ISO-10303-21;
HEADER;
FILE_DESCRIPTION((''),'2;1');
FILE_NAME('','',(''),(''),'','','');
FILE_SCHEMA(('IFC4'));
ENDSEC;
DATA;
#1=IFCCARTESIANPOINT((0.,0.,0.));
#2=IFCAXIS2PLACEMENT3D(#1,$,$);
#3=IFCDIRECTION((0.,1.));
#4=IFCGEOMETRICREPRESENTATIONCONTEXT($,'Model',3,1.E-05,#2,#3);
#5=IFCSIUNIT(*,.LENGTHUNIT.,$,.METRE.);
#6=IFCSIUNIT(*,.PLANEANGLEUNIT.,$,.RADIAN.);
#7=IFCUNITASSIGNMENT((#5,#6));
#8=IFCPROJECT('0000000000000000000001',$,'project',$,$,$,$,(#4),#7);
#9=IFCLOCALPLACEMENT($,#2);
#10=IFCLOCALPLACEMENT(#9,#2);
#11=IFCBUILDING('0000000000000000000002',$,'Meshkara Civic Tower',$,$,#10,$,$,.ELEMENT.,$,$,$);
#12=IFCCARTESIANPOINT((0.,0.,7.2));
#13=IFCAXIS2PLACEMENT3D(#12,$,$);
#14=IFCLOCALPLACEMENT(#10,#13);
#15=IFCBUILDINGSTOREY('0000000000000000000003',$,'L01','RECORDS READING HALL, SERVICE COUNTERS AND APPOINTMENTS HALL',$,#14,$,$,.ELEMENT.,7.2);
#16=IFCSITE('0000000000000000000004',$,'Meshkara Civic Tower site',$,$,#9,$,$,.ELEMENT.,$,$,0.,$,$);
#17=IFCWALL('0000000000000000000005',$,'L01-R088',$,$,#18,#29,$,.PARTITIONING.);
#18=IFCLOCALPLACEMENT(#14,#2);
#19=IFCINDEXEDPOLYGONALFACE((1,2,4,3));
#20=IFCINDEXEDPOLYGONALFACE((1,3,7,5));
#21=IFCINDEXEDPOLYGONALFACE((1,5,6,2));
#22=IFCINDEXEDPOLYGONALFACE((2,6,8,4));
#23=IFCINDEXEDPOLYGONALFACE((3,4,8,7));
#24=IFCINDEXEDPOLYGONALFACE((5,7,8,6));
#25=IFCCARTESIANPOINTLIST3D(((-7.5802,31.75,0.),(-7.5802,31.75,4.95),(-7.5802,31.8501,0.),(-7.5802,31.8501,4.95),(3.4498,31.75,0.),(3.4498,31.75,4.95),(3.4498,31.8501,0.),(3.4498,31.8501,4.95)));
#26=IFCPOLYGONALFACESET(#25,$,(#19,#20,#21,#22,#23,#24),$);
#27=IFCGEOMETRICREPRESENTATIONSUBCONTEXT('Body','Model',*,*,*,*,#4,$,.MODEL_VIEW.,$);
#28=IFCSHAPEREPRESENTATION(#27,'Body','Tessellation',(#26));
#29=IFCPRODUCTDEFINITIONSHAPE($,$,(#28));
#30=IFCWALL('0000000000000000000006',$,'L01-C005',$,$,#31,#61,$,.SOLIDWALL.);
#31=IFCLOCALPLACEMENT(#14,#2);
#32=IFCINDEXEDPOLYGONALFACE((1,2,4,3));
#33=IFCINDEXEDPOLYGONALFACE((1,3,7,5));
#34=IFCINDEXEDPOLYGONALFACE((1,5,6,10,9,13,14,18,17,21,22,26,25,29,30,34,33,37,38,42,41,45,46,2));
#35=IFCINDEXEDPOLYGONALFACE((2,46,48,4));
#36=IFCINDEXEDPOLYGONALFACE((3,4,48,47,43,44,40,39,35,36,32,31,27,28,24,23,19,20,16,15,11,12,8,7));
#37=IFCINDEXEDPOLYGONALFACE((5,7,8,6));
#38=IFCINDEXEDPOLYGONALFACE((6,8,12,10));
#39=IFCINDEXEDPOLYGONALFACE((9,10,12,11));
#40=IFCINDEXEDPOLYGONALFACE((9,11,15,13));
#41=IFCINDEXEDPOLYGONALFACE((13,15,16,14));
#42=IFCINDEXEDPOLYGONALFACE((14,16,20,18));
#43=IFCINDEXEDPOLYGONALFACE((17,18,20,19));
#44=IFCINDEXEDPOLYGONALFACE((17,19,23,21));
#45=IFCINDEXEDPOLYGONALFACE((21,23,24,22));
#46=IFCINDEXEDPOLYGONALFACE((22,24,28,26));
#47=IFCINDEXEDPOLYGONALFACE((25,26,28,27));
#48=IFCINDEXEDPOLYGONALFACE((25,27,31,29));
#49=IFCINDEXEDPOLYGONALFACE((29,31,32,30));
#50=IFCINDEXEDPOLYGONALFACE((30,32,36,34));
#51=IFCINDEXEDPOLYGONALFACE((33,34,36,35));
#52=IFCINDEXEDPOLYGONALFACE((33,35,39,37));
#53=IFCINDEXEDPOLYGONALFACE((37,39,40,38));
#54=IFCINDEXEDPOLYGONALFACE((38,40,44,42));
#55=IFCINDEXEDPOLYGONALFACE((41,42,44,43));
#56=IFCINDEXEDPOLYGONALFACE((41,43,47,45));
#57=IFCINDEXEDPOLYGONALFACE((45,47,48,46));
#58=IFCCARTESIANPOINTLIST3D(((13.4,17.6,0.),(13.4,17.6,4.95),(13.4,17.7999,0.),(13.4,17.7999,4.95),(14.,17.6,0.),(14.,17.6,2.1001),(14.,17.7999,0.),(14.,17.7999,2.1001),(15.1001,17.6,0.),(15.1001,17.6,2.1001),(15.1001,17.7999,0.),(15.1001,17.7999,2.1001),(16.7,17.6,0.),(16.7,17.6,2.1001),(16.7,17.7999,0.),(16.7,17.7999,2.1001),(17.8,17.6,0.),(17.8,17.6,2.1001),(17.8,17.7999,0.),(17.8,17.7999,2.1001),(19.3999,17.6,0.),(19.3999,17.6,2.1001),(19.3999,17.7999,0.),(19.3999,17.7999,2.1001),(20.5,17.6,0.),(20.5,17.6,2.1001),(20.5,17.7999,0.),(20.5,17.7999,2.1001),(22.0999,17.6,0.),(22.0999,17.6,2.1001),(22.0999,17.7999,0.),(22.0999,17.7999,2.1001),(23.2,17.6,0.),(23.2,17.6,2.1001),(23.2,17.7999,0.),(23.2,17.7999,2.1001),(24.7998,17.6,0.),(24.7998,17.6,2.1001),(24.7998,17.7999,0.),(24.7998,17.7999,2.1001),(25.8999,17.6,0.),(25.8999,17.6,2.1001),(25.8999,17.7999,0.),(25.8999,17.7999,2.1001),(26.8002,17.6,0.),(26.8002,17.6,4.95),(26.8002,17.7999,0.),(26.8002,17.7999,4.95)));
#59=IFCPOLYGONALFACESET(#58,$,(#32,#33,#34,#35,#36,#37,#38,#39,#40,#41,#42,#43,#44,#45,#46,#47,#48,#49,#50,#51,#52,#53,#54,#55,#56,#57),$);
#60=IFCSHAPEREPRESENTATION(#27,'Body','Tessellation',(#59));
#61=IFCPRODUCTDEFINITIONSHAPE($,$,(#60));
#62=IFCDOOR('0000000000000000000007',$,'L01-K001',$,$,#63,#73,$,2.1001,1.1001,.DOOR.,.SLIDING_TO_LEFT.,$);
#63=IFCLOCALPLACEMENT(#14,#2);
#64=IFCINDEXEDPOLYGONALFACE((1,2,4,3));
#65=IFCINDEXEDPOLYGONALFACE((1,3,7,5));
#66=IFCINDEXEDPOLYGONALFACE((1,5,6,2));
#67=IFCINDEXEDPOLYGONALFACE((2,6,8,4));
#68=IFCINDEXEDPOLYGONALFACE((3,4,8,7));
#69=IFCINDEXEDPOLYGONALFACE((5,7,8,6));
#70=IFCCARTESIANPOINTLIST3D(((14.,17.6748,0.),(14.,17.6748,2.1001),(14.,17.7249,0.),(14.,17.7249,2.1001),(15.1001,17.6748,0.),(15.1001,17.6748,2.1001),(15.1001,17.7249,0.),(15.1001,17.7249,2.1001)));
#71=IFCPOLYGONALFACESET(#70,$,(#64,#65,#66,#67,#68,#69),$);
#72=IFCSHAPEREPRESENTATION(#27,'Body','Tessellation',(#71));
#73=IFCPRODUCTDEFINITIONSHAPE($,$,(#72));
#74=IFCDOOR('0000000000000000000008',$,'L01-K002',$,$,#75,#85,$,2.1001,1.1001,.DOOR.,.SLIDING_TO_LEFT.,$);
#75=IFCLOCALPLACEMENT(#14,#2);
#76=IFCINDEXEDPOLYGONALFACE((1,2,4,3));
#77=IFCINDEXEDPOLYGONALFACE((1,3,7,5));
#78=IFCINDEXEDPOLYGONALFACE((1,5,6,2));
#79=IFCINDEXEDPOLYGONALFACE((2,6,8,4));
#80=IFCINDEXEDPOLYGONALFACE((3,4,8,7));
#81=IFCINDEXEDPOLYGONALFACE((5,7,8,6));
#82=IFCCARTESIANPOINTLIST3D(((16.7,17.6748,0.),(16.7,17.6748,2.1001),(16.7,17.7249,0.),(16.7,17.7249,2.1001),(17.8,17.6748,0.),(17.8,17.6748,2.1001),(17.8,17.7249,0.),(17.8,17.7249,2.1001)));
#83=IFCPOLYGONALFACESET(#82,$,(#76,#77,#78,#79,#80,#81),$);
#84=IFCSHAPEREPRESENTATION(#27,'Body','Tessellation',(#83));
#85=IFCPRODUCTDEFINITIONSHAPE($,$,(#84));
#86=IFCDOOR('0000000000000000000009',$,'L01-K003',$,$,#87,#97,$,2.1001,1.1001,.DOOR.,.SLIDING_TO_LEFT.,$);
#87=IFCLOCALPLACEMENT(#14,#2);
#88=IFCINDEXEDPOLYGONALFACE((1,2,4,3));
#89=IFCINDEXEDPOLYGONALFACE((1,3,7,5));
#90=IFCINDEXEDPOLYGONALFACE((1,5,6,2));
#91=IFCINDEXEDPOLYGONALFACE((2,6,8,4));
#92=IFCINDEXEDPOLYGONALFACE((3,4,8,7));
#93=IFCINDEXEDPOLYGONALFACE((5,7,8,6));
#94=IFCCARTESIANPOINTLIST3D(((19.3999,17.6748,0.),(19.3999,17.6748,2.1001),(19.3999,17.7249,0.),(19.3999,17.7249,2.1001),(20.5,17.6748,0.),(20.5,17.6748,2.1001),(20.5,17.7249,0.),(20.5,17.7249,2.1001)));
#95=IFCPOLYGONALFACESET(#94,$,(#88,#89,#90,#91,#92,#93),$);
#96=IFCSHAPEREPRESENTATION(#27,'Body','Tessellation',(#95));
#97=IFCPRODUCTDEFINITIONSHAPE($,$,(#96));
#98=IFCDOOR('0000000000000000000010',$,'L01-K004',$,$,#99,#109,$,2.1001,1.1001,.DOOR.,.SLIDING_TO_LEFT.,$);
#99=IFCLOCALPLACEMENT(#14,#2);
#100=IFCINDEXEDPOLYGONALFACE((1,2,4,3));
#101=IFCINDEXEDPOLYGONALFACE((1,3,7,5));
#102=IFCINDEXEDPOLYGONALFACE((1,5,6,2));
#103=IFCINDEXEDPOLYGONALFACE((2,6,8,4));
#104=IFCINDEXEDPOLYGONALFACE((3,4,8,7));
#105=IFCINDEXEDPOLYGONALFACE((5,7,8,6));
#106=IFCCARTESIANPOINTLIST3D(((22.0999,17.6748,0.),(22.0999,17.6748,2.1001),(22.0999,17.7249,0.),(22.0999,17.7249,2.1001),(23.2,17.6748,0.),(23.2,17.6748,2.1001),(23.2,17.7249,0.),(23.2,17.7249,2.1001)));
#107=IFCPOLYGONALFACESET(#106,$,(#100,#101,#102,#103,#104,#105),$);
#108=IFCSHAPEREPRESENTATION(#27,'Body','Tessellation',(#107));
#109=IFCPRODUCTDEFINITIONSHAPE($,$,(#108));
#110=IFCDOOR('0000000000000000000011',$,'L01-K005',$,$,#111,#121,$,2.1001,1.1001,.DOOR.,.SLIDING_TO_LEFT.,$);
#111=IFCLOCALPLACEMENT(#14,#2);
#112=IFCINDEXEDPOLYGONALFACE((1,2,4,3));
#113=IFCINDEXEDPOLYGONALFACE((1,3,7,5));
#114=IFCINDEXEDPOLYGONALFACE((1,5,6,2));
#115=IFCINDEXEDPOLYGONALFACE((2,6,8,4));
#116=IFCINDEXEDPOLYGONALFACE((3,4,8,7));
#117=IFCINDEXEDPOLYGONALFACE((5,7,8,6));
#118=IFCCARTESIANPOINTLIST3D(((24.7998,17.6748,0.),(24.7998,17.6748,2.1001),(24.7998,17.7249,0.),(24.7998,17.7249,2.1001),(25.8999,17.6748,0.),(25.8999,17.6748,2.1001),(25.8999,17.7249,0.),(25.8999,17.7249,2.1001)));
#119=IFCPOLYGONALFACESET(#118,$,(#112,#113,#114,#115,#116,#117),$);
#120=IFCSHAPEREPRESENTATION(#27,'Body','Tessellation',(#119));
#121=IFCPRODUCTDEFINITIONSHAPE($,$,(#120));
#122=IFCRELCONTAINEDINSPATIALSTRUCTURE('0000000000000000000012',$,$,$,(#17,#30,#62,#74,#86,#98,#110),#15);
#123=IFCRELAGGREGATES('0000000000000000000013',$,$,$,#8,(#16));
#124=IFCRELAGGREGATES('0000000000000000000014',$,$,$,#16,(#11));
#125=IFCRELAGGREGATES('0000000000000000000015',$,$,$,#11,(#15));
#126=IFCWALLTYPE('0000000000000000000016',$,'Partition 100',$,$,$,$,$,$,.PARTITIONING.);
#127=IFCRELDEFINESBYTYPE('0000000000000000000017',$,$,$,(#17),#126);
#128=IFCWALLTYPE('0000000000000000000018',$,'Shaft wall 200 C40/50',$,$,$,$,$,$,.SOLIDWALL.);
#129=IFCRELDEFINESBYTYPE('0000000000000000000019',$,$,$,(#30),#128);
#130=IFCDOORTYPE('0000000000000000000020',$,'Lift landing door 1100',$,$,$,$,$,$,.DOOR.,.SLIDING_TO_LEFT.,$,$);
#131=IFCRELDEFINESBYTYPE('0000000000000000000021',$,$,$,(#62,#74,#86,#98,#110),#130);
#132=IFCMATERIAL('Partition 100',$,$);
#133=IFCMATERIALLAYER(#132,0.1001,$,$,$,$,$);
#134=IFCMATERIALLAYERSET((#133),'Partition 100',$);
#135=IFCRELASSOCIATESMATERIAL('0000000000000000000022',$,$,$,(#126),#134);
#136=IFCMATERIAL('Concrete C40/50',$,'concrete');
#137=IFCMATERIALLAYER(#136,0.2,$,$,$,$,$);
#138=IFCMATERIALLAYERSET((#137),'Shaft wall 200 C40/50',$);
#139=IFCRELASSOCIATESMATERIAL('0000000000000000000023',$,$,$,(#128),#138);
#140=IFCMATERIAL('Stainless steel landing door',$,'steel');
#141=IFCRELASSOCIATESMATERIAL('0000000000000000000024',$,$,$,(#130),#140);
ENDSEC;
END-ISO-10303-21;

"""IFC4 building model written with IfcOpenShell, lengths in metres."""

from ifc_helpers import new_model, si_unit, direction, frame, frame_2d, origin, place, context, subcontext, project, spatial, rectangle, extrude, material, layer, layer_set, type_object, element, fill, save


model = new_model("IFC4")

# Units and contexts
model_context = context("Model", 3, precision=1e-05, world=origin(), true_north=direction((0.0, 1.0)))
body_context = subcontext(model_context, "Body", "Model", "MODEL_VIEW")
ifc_project = project(units=[si_unit("LENGTHUNIT", "METRE"), si_unit("PLANEANGLEUNIT", "RADIAN")], contexts=[model_context])

# Site, building, storey
site_placement = place(None, origin())
site = spatial("IfcSite", under=ifc_project, at=site_placement, Name="Meshkara Civic Tower site", CompositionType="ELEMENT", RefElevation=0.0)
building_placement = place(site_placement, origin())
building = spatial("IfcBuilding", under=site, at=building_placement, Name="Meshkara Civic Tower", CompositionType="ELEMENT")
storey_placement = place(building_placement, frame((0.0, 0.0, 7.2)))
storey = spatial("IfcBuildingStorey", under=building, at=storey_placement, Name="L01", Description="RECORDS READING HALL, SERVICE COUNTERS AND APPOINTMENTS HALL", CompositionType="ELEMENT", Elevation=7.2)

# Wall
ifc_material_1 = material(Name="Partition 100")
ifc_layer_1 = layer(ifc_material_1, 0.1001)
ifc_layer_set_1 = layer_set([ifc_layer_1], Name="Partition 100")
wall_type_1 = type_object("IfcWallType", Name="Partition 100", PredefinedType="PARTITIONING", material=ifc_layer_set_1)
for number, where, z_axis, x_axis, name in (
    (1, (3.45, 31.8, 0.0), (0.0, 0.0, 1.0), (-1.0, 0.0, 0.0), "L01-R088"),
):
    element("IfcWall", number, at=place(storey_placement, frame(where, z_axis=z_axis, x_axis=x_axis)), inside=storey, type_object=wall_type_1, Name=name, PredefinedType="PARTITIONING", context=body_context, shape_type="SweptSolid", body=[
        extrude(rectangle(XDim=11.03, YDim=0.1001, at=frame_2d((5.5151, 0.0))), origin(), (0.0, 0.0, 1.0), 4.95),
    ])

# Wall, openings, doors
ifc_material_2 = material(Name="Concrete C40/50", Category="concrete")
ifc_layer_2 = layer(ifc_material_2, 0.2)
ifc_layer_set_2 = layer_set([ifc_layer_2], Name="Shaft wall 200 C40/50")
wall_type_2 = type_object("IfcWallType", Name="Shaft wall 200 C40/50", PredefinedType="SOLIDWALL", material=ifc_layer_set_2)
wall_1_placement = place(storey_placement, frame((13.3999, 17.7, 0.0), z_axis=(0.0, 0.0, 1.0), x_axis=(1.0, 0.0, 0.0)))
wall_1 = element("IfcWall", 2, at=wall_1_placement, inside=storey, type_object=wall_type_2, Name="L01-C005", PredefinedType="SOLIDWALL", context=body_context, shape_type="SweptSolid", body=[
    extrude(rectangle(XDim=13.4001, YDim=0.2, at=frame_2d((6.7002, 0.0))), origin(), (0.0, 0.0, 1.0), 4.95),
])
opening_1_placement = place(wall_1_placement, frame((0.6001, 0.0, 0.0)))
opening_1 = element("IfcOpeningElement", 3, at=opening_1_placement, cuts=wall_1, PredefinedType="OPENING", context=body_context, shape_type="SweptSolid", body=[
    extrude(rectangle(XDim=1.1001, YDim=2.1001, at=frame_2d((0.55, 1.05))), frame((0.0, 0.1099, 0.0), z_axis=(0.0, -1.0, 0.0), x_axis=(1.0, 0.0, 0.0)), (0.0, 0.0, 1.0), 0.22),
])
opening_2_placement = place(wall_1_placement, frame((3.3, 0.0, 0.0)))
opening_2 = element("IfcOpeningElement", 4, at=opening_2_placement, cuts=wall_1, PredefinedType="OPENING", context=body_context, shape_type="SweptSolid", body=[
    extrude(rectangle(XDim=1.1001, YDim=2.1001, at=frame_2d((0.55, 1.05))), frame((0.0, 0.1099, 0.0), z_axis=(0.0, -1.0, 0.0), x_axis=(1.0, 0.0, 0.0)), (0.0, 0.0, 1.0), 0.22),
])
opening_3_placement = place(wall_1_placement, frame((6.0, 0.0, 0.0)))
opening_3 = element("IfcOpeningElement", 5, at=opening_3_placement, cuts=wall_1, PredefinedType="OPENING", context=body_context, shape_type="SweptSolid", body=[
    extrude(rectangle(XDim=1.1001, YDim=2.1001, at=frame_2d((0.55, 1.05))), frame((0.0, 0.1099, 0.0), z_axis=(0.0, -1.0, 0.0), x_axis=(1.0, 0.0, 0.0)), (0.0, 0.0, 1.0), 0.22),
])
opening_4_placement = place(wall_1_placement, frame((8.7, 0.0, 0.0)))
opening_4 = element("IfcOpeningElement", 6, at=opening_4_placement, cuts=wall_1, PredefinedType="OPENING", context=body_context, shape_type="SweptSolid", body=[
    extrude(rectangle(XDim=1.1001, YDim=2.1001, at=frame_2d((0.55, 1.05))), frame((0.0, 0.1099, 0.0), z_axis=(0.0, -1.0, 0.0), x_axis=(1.0, 0.0, 0.0)), (0.0, 0.0, 1.0), 0.22),
])
opening_5_placement = place(wall_1_placement, frame((11.3999, 0.0, 0.0)))
opening_5 = element("IfcOpeningElement", 7, at=opening_5_placement, cuts=wall_1, PredefinedType="OPENING", context=body_context, shape_type="SweptSolid", body=[
    extrude(rectangle(XDim=1.1001, YDim=2.1001, at=frame_2d((0.55, 1.05))), frame((0.0, 0.1099, 0.0), z_axis=(0.0, -1.0, 0.0), x_axis=(1.0, 0.0, 0.0)), (0.0, 0.0, 1.0), 0.22),
])
ifc_material_3 = material(Name="Stainless steel landing door", Category="steel")
door_type_1 = type_object("IfcDoorType", Name="Lift landing door 1100", OperationType="SLIDING_TO_LEFT", PredefinedType="DOOR", material=ifc_material_3)
door_1_placement = place(opening_1_placement, origin())
door_1 = element("IfcDoor", 8, at=door_1_placement, inside=storey, type_object=door_type_1, Name="L01-K001", OperationType="SLIDING_TO_LEFT", OverallHeight=2.1001, OverallWidth=1.1001, PredefinedType="DOOR", context=body_context, shape_type="SweptSolid", body=[
    extrude(rectangle(XDim=1.1001, YDim=2.1001, at=frame_2d((0.55, 1.05))), frame((0.0, 0.0249, 0.0), z_axis=(0.0, -1.0, 0.0), x_axis=(1.0, 0.0, 0.0)), (0.0, 0.0, 1.0), 0.05),
])
fill(opening_1, door_1)
door_2_placement = place(opening_2_placement, origin())
door_2 = element("IfcDoor", 9, at=door_2_placement, inside=storey, type_object=door_type_1, Name="L01-K002", OperationType="SLIDING_TO_LEFT", OverallHeight=2.1001, OverallWidth=1.1001, PredefinedType="DOOR", context=body_context, shape_type="SweptSolid", body=[
    extrude(rectangle(XDim=1.1001, YDim=2.1001, at=frame_2d((0.55, 1.05))), frame((0.0, 0.0249, 0.0), z_axis=(0.0, -1.0, 0.0), x_axis=(1.0, 0.0, 0.0)), (0.0, 0.0, 1.0), 0.05),
])
fill(opening_2, door_2)
door_3_placement = place(opening_3_placement, origin())
door_3 = element("IfcDoor", 10, at=door_3_placement, inside=storey, type_object=door_type_1, Name="L01-K003", OperationType="SLIDING_TO_LEFT", OverallHeight=2.1001, OverallWidth=1.1001, PredefinedType="DOOR", context=body_context, shape_type="SweptSolid", body=[
    extrude(rectangle(XDim=1.1001, YDim=2.1001, at=frame_2d((0.55, 1.05))), frame((0.0, 0.0249, 0.0), z_axis=(0.0, -1.0, 0.0), x_axis=(1.0, 0.0, 0.0)), (0.0, 0.0, 1.0), 0.05),
])
fill(opening_3, door_3)
door_4_placement = place(opening_4_placement, origin())
door_4 = element("IfcDoor", 11, at=door_4_placement, inside=storey, type_object=door_type_1, Name="L01-K004", OperationType="SLIDING_TO_LEFT", OverallHeight=2.1001, OverallWidth=1.1001, PredefinedType="DOOR", context=body_context, shape_type="SweptSolid", body=[
    extrude(rectangle(XDim=1.1001, YDim=2.1001, at=frame_2d((0.55, 1.05))), frame((0.0, 0.0249, 0.0), z_axis=(0.0, -1.0, 0.0), x_axis=(1.0, 0.0, 0.0)), (0.0, 0.0, 1.0), 0.05),
])
fill(opening_4, door_4)
door_5_placement = place(opening_5_placement, origin())
door_5 = element("IfcDoor", 12, at=door_5_placement, inside=storey, type_object=door_type_1, Name="L01-K005", OperationType="SLIDING_TO_LEFT", OverallHeight=2.1001, OverallWidth=1.1001, PredefinedType="DOOR", context=body_context, shape_type="SweptSolid", body=[
    extrude(rectangle(XDim=1.1001, YDim=2.1001, at=frame_2d((0.55, 1.05))), frame((0.0, 0.0249, 0.0), z_axis=(0.0, -1.0, 0.0), x_axis=(1.0, 0.0, 0.0)), (0.0, 0.0, 1.0), 0.05),
])
fill(opening_5, door_5)

save(model, "model.ifc")
